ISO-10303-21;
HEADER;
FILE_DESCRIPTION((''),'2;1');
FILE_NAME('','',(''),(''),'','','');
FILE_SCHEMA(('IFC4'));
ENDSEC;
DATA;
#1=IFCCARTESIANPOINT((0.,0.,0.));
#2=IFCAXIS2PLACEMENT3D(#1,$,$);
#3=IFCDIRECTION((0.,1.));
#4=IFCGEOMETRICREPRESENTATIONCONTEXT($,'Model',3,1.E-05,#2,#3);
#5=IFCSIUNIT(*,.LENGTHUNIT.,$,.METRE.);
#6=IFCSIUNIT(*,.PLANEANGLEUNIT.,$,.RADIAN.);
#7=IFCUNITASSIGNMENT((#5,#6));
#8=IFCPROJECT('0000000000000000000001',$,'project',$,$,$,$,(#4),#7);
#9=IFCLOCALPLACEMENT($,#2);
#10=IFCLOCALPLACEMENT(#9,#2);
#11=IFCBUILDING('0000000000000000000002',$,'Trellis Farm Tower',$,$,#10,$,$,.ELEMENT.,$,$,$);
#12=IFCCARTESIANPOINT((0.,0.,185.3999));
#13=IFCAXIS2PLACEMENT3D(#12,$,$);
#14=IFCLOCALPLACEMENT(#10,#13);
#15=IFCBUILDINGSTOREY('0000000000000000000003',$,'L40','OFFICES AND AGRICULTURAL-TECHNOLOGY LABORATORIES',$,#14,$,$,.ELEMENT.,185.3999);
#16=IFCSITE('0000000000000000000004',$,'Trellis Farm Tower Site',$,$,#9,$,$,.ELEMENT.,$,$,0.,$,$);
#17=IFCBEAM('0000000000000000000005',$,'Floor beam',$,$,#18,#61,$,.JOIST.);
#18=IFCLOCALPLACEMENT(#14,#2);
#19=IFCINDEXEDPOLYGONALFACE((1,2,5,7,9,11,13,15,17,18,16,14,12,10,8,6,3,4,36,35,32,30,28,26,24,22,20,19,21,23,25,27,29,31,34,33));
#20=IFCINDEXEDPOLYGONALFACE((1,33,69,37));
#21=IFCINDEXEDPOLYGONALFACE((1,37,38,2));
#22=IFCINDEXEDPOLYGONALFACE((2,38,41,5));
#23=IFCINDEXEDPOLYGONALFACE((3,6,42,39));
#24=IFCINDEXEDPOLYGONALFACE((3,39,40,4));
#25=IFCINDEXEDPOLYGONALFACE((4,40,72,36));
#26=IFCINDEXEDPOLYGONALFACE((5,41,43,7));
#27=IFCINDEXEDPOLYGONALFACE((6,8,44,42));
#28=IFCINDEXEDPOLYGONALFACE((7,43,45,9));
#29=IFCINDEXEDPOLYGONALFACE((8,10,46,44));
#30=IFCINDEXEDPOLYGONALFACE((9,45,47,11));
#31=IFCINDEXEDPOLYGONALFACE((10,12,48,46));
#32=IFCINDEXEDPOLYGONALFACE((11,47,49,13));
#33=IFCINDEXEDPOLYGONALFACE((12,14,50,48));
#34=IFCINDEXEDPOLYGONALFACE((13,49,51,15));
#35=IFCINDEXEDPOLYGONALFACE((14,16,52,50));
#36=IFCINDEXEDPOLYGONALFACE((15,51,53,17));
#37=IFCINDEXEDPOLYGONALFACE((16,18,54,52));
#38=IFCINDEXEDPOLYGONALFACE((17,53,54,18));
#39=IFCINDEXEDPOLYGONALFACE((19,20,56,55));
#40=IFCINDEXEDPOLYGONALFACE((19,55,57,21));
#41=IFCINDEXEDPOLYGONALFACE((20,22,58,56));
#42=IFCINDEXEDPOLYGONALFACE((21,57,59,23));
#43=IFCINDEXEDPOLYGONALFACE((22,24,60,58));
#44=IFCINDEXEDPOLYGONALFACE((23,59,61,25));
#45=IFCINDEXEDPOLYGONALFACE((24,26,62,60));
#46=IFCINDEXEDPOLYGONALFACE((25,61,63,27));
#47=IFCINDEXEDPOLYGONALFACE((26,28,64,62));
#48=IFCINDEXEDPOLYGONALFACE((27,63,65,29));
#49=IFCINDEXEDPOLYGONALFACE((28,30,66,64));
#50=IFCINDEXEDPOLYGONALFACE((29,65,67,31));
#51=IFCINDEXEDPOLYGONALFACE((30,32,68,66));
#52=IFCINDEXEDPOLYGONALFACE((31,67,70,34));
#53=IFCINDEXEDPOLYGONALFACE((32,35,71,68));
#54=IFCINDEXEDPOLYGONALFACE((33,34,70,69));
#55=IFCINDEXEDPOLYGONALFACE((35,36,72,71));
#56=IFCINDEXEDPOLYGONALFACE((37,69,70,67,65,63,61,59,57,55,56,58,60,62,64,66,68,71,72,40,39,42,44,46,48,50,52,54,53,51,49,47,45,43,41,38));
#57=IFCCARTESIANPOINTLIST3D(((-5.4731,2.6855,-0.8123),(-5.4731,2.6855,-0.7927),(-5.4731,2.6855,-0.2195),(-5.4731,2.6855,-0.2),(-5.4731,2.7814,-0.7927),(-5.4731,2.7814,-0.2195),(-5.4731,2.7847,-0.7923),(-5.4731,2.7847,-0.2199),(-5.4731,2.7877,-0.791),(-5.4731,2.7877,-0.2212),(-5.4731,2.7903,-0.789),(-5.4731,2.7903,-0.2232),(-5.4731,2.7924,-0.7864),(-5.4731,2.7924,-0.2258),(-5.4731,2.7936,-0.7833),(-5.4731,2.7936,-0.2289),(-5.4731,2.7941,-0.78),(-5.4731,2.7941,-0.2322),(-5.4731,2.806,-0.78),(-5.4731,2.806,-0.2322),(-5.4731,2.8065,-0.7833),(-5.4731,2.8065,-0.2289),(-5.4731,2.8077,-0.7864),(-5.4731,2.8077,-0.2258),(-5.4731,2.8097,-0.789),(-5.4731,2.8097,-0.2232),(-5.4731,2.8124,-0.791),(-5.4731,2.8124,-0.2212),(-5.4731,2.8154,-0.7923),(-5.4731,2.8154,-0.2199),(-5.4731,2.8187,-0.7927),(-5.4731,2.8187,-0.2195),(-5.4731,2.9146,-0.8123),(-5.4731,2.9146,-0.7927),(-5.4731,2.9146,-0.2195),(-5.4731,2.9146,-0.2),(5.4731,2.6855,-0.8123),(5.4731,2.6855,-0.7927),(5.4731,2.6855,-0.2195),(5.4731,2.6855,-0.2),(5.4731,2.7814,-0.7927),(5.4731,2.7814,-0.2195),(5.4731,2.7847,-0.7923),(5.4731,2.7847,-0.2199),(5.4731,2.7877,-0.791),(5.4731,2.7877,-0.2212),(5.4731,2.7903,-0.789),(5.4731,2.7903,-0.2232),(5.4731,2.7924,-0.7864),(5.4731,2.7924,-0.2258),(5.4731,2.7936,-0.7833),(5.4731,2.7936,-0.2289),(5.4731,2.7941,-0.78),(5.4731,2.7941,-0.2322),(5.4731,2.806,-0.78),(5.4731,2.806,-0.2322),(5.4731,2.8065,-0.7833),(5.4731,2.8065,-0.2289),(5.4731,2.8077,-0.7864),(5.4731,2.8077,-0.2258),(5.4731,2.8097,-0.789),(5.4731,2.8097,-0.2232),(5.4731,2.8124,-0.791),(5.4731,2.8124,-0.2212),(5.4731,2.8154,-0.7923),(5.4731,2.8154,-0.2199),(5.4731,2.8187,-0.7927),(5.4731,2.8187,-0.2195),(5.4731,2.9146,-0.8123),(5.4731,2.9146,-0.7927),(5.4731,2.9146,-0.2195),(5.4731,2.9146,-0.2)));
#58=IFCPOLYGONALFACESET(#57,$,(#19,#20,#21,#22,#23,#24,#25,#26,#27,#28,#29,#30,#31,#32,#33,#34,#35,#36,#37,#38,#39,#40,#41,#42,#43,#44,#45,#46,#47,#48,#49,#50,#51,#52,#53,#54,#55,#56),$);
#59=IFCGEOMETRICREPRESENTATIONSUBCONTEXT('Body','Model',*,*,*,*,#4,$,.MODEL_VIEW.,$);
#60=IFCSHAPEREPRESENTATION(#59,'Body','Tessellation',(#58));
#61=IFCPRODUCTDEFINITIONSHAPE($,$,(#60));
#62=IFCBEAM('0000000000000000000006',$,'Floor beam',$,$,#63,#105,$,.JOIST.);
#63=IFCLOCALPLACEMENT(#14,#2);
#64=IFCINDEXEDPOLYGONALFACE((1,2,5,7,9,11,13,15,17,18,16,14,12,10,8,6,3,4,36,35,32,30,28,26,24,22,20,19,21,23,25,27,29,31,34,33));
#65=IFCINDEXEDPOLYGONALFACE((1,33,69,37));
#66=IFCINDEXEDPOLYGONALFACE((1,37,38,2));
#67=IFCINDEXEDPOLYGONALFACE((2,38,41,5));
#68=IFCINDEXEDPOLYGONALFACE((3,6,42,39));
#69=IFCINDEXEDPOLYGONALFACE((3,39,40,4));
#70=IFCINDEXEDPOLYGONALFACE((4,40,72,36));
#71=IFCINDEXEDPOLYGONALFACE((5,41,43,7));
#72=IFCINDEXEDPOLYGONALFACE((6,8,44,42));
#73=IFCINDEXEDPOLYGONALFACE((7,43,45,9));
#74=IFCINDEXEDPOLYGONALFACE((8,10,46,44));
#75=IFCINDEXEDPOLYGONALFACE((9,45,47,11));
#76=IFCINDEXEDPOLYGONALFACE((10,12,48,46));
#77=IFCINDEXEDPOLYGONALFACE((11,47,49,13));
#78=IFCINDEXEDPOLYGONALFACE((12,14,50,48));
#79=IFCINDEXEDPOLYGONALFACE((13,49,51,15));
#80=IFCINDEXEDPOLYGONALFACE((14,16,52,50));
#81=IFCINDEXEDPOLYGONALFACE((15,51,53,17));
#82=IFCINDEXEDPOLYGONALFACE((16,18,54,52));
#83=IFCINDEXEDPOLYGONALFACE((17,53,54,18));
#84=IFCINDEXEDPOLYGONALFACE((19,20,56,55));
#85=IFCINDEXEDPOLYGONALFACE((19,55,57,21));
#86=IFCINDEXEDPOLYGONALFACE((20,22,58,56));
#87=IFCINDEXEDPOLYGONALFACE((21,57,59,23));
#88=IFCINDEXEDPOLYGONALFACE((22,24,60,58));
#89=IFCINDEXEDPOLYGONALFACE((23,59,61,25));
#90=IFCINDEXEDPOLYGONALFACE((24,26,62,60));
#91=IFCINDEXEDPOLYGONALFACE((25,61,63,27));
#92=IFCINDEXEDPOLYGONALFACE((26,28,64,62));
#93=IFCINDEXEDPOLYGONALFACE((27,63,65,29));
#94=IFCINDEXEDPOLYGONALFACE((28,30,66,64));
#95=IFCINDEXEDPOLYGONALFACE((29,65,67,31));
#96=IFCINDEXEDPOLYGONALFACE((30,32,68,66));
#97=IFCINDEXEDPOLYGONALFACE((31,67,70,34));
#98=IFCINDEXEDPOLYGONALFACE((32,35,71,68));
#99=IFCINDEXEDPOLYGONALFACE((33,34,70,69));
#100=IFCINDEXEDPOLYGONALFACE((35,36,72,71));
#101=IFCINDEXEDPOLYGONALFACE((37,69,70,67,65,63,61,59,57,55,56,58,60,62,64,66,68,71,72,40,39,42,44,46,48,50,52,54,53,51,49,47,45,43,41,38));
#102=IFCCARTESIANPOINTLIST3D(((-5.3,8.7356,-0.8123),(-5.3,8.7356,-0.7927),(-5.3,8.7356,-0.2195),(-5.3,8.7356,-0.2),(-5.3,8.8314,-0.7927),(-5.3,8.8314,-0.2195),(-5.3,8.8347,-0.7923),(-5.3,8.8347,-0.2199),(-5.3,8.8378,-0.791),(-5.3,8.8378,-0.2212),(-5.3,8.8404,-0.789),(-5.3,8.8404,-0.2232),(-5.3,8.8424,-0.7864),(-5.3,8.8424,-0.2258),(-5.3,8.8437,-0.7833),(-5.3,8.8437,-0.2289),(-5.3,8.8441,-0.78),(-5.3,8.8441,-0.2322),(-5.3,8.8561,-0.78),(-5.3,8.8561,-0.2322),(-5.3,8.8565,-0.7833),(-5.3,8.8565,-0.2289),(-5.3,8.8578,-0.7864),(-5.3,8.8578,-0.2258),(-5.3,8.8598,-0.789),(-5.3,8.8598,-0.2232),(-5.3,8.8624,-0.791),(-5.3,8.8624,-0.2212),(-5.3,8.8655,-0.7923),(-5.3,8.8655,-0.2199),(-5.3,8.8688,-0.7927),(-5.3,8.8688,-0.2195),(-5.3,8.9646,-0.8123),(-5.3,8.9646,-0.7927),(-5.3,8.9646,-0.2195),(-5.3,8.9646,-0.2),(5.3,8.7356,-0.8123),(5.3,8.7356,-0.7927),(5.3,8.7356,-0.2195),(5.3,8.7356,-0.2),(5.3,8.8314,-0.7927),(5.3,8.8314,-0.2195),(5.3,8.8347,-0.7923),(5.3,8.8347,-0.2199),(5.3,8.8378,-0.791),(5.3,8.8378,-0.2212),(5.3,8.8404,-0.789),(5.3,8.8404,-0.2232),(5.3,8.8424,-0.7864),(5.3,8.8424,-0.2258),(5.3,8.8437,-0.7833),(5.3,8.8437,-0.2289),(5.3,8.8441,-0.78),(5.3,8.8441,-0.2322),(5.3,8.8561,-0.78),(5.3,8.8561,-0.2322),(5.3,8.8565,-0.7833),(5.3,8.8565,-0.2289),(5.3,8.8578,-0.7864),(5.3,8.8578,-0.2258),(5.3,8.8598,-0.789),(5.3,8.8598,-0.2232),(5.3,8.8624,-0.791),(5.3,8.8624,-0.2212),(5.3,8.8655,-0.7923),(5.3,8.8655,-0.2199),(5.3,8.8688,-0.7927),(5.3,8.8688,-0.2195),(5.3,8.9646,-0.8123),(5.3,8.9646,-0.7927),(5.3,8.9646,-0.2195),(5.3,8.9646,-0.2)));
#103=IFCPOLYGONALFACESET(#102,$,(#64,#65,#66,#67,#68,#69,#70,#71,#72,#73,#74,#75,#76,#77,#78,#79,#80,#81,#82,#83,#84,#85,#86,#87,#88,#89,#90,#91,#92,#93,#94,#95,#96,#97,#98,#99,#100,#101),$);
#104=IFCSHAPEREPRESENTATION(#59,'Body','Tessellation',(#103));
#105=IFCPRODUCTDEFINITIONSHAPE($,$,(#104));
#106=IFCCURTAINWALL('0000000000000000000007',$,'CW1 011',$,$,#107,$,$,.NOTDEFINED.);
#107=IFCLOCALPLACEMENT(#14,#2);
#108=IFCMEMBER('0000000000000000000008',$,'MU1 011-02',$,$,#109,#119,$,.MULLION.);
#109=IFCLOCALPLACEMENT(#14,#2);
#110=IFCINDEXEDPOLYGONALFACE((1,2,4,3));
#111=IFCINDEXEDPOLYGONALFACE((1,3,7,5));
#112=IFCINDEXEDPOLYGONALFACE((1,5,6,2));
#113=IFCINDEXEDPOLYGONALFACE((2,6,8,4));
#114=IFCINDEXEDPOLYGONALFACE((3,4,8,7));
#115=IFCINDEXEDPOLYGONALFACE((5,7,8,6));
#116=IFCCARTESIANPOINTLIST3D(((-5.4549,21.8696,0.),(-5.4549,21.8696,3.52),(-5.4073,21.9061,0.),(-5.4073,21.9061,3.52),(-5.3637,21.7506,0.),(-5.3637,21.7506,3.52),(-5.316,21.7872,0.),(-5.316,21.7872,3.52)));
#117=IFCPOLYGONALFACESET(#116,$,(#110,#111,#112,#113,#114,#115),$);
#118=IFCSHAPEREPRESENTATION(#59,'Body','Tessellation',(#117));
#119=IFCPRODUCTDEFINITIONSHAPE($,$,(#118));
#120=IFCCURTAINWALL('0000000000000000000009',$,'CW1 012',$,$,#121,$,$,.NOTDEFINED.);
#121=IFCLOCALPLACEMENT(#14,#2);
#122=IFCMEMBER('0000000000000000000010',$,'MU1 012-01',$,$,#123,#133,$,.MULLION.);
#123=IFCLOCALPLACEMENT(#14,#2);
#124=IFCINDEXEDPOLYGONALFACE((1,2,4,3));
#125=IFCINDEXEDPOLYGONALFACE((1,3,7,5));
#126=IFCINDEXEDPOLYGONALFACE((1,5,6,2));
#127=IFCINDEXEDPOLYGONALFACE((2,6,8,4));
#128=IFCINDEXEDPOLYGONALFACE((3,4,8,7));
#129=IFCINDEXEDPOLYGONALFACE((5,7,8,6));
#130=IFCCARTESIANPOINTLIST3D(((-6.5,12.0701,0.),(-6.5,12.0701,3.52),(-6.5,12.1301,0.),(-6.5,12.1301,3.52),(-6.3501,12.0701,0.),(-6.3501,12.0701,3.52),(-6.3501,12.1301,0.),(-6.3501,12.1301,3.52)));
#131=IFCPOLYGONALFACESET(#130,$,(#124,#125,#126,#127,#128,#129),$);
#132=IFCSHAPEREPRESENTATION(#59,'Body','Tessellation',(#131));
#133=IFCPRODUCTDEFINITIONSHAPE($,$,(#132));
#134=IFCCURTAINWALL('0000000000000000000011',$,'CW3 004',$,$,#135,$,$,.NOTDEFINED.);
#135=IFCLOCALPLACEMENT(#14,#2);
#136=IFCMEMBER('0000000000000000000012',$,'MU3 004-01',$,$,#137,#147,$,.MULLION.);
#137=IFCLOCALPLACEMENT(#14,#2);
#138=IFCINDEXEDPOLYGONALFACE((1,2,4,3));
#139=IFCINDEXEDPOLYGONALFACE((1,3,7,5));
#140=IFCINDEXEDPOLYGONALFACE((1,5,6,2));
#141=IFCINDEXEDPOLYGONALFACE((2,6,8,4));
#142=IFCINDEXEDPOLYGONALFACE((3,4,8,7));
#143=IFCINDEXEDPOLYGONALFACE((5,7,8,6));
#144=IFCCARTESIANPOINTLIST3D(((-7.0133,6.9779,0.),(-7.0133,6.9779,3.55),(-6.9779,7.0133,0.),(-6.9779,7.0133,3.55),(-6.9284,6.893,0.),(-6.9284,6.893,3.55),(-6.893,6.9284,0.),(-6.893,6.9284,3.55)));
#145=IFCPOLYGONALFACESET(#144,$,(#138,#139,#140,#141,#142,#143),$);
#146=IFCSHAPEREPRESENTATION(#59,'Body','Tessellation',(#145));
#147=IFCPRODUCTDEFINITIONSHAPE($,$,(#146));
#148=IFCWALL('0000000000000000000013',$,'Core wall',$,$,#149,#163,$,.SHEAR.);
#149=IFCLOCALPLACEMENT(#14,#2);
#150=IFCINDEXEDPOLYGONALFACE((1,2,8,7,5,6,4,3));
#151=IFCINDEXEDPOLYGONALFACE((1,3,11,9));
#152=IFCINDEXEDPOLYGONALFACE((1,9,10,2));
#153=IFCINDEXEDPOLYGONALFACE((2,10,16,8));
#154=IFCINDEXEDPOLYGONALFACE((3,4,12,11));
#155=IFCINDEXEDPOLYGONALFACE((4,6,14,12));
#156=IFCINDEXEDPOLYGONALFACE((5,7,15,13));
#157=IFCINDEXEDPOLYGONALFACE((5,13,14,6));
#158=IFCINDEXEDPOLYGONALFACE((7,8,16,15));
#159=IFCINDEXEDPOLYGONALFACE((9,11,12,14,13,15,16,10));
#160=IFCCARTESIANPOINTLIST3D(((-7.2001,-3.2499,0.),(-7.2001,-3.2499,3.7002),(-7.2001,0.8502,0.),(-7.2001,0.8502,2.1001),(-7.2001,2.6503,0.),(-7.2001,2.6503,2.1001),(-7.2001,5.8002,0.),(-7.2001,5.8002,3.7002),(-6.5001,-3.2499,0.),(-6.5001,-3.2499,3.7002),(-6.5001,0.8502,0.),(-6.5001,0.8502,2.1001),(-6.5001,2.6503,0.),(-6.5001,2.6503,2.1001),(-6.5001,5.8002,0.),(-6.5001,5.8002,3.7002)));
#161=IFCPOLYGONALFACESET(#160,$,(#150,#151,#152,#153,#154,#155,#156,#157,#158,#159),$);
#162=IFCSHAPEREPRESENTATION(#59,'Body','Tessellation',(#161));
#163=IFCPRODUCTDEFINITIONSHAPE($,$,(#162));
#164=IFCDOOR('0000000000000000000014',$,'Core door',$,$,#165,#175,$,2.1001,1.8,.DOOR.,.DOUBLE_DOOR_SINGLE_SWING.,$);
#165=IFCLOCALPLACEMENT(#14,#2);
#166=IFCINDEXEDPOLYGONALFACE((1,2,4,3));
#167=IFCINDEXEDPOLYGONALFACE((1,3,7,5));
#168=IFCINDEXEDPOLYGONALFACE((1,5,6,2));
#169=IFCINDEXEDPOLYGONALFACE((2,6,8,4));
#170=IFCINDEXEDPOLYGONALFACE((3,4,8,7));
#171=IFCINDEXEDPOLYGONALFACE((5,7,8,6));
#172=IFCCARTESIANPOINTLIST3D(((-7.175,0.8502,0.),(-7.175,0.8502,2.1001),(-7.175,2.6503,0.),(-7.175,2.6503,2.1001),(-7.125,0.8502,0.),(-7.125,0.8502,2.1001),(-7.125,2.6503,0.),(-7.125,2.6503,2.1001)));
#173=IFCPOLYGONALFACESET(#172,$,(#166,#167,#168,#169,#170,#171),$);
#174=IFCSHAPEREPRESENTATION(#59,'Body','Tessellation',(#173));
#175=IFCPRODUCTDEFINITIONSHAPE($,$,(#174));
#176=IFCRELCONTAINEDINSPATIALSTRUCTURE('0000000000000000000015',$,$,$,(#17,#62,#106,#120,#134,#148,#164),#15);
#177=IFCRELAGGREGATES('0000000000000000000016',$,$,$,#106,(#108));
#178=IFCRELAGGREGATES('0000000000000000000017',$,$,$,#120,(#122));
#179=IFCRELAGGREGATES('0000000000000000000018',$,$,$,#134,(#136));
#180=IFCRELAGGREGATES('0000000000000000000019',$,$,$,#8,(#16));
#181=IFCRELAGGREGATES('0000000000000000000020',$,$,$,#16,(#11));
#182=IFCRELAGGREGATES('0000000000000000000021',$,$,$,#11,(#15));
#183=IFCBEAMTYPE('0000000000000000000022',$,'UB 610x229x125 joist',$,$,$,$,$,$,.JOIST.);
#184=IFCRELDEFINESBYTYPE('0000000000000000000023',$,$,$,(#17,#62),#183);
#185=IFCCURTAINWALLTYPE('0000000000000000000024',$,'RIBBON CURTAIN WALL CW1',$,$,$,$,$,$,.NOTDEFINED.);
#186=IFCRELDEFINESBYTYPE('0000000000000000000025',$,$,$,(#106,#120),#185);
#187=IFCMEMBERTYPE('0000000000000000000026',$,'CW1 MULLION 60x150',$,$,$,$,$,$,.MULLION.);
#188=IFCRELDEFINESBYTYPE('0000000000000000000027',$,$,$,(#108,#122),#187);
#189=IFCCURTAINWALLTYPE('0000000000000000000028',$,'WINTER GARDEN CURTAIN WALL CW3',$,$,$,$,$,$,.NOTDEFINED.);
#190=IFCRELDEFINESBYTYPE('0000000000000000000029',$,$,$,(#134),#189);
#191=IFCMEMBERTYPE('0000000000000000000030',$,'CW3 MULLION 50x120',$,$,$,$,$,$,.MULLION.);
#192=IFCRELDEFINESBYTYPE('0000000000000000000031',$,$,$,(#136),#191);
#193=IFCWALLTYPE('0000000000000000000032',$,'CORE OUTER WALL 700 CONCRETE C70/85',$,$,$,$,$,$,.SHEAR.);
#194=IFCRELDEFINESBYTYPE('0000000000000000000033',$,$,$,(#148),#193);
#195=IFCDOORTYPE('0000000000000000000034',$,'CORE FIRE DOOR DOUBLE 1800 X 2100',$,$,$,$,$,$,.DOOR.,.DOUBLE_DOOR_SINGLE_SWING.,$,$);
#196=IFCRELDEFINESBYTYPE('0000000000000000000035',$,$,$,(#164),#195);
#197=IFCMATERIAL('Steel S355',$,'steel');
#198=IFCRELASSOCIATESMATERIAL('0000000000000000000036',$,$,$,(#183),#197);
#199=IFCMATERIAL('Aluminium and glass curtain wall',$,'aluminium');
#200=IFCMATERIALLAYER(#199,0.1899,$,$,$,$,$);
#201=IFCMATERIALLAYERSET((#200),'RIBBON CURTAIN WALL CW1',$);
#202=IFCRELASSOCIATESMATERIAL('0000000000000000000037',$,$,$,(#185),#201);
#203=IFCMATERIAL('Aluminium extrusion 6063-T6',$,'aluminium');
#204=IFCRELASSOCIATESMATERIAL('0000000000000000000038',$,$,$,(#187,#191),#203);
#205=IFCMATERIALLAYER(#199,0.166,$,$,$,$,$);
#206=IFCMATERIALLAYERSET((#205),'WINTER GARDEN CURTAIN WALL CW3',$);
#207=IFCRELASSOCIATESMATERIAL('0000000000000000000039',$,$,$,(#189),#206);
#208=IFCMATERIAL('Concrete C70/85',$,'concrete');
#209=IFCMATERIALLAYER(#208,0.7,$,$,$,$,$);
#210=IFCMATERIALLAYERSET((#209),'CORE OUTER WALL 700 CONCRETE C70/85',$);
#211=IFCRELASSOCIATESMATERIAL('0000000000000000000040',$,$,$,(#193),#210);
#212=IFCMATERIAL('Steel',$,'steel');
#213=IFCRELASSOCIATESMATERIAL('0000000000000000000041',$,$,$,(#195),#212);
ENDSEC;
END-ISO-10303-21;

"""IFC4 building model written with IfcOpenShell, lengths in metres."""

from ifc_helpers import new_model, si_unit, direction, frame, frame_2d, origin, origin_2d, place, context, subcontext, project, spatial, rectangle, i_section, extrude, source, transform, mapped, material, layer, layer_set, material_profile, profile_set, type_object, element, fill, aggregate, save


model = new_model("IFC4")

# Units and contexts
model_context = context("Model", 3, precision=1e-05, world=origin(), true_north=direction((0.0, 1.0)))
body_context = subcontext(model_context, "Body", "Model", "MODEL_VIEW")
ifc_project = project(units=[si_unit("LENGTHUNIT", "METRE"), si_unit("PLANEANGLEUNIT", "RADIAN")], contexts=[model_context])

# Site, building, storey
site_placement = place(None, origin())
site = spatial("IfcSite", under=ifc_project, at=site_placement, Name="Trellis Farm Tower Site", CompositionType="ELEMENT", RefElevation=0.0)
building_placement = place(site_placement, origin())
building = spatial("IfcBuilding", under=site, at=building_placement, Name="Trellis Farm Tower", CompositionType="ELEMENT")
storey_placement = place(building_placement, frame((0.0, 0.0, 185.3999)))
storey = spatial("IfcBuildingStorey", under=building, at=storey_placement, Name="L40", Description="OFFICES AND AGRICULTURAL-TECHNOLOGY LABORATORIES", CompositionType="ELEMENT", Elevation=185.3999)

# Shared definitions
ifc_material_1 = material(Name="Concrete C70/85", Category="concrete")

# Beams
ifc_material_2 = material(Name="Steel S355", Category="steel")
ifc_material_profile_1 = material_profile(ifc_material_2, i_section(OverallWidth=0.229, OverallDepth=0.6123, WebThickness=0.012, FlangeThickness=0.0195, FilletRadius=0.0127, at=origin_2d()), Name="UB 610x229x125")
ifc_profile_set_1 = profile_set([ifc_material_profile_1], Name="Steel S355")
beam_type_1 = type_object("IfcBeamType", Name="UB 610x229x125 joist", PredefinedType="JOIST", material=ifc_profile_set_1)
shared_shape_1 = source(origin(), body_context, "Body", "SweptSolid", [
    extrude(i_section(OverallWidth=0.229, OverallDepth=0.6123, WebThickness=0.012, FlangeThickness=0.0195, FilletRadius=0.0127, at=origin_2d()), origin(), (0.0, 0.0, 1.0), 10.9463),
])
beam_1_placement = place(storey_placement, frame((-5.4731, 2.8, -0.5061), z_axis=(1.0, 0.0, 0.0), x_axis=(0.0, 1.0, 0.0)))
element("IfcBeam", 1, at=beam_1_placement, inside=storey, type_object=beam_type_1, Name="Floor beam", PredefinedType="JOIST", context=body_context, shape_type="MappedRepresentation", body=[
    mapped(shared_shape_1, transform((0.0, 0.0, 0.0))),
])
shared_shape_2 = source(origin(), body_context, "Body", "SweptSolid", [
    extrude(i_section(OverallWidth=0.229, OverallDepth=0.6123, WebThickness=0.012, FlangeThickness=0.0195, FilletRadius=0.0127, at=origin_2d()), origin(), (0.0, 0.0, 1.0), 10.6001),
])
beam_2_placement = place(storey_placement, frame((-5.3, 8.8501, -0.5061), z_axis=(1.0, 0.0, 0.0), x_axis=(0.0, 1.0, 0.0)))
element("IfcBeam", 2, at=beam_2_placement, inside=storey, type_object=beam_type_1, Name="Floor beam", PredefinedType="JOIST", context=body_context, shape_type="MappedRepresentation", body=[
    mapped(shared_shape_2, transform((0.0, 0.0, 0.0))),
])

# Curtain walls, members
ifc_material_3 = material(Name="Aluminium and glass curtain wall", Category="aluminium")
ifc_layer_1 = layer(ifc_material_3, 0.1899)
ifc_layer_set_1 = layer_set([ifc_layer_1], Name="RIBBON CURTAIN WALL CW1")
curtain_wall_type_1 = type_object("IfcCurtainWallType", Name="RIBBON CURTAIN WALL CW1", PredefinedType="NOTDEFINED", material=ifc_layer_set_1)
placement = place(storey_placement, origin())
curtain_wall_1 = element("IfcCurtainWall", 3, at=placement, inside=storey, type_object=curtain_wall_type_1, Name="CW1 011", PredefinedType="NOTDEFINED")
ifc_material_4 = material(Name="Aluminium extrusion 6063-T6", Category="aluminium")
ifc_material_profile_2 = material_profile(ifc_material_4, rectangle(XDim=0.0601, YDim=0.1499, at=origin_2d()), Name="MULLION 60x150")
ifc_profile_set_2 = profile_set([ifc_material_profile_2], Name="Aluminium extrusion 6063-T6")
member_type_1 = type_object("IfcMemberType", Name="CW1 MULLION 60x150", PredefinedType="MULLION", material=ifc_profile_set_2)
shared_shape_3 = source(origin(), body_context, "Body", "SweptSolid", [
    extrude(rectangle(XDim=0.0601, YDim=0.1499, at=origin_2d()), origin(), (0.0, 0.0, 1.0), 3.52),
])
member_1_placement = place(storey_placement, frame((-5.3855, 21.8284, 0.0), z_axis=(0.0, 0.0, 1.0), x_axis=(-0.793353, -0.608761, 0.0)))
member_1 = element("IfcMember", 4, at=member_1_placement, type_object=member_type_1, Name="MU1 011-02", PredefinedType="MULLION", context=body_context, shape_type="MappedRepresentation", body=[
    mapped(shared_shape_3, transform((0.0, 0.0, 0.0))),
])
aggregate(curtain_wall_1, [member_1])
curtain_wall_2 = element("IfcCurtainWall", 5, at=placement, inside=storey, type_object=curtain_wall_type_1, Name="CW1 012", PredefinedType="NOTDEFINED")
member_2_placement = place(storey_placement, frame((-6.425, 12.1001, 0.0), z_axis=(0.0, 0.0, 1.0), x_axis=(0.0, -1.0, 0.0)))
member_2 = element("IfcMember", 6, at=member_2_placement, type_object=member_type_1, Name="MU1 012-01", PredefinedType="MULLION", context=body_context, shape_type="MappedRepresentation", body=[
    mapped(shared_shape_3, transform((0.0, 0.0, 0.0))),
])
aggregate(curtain_wall_2, [member_2])
ifc_layer_2 = layer(ifc_material_3, 0.166)
ifc_layer_set_2 = layer_set([ifc_layer_2], Name="WINTER GARDEN CURTAIN WALL CW3")
curtain_wall_type_2 = type_object("IfcCurtainWallType", Name="WINTER GARDEN CURTAIN WALL CW3", PredefinedType="NOTDEFINED", material=ifc_layer_set_2)
curtain_wall_3 = element("IfcCurtainWall", 7, at=placement, inside=storey, type_object=curtain_wall_type_2, Name="CW3 004", PredefinedType="NOTDEFINED")
ifc_material_profile_3 = material_profile(ifc_material_4, rectangle(XDim=0.05, YDim=0.1201, at=origin_2d()), Name="MULLION 50x120")
ifc_profile_set_3 = profile_set([ifc_material_profile_3], Name="Aluminium extrusion 6063-T6")
member_type_2 = type_object("IfcMemberType", Name="CW3 MULLION 50x120", PredefinedType="MULLION", material=ifc_profile_set_3)
shared_shape_4 = source(origin(), body_context, "Body", "SweptSolid", [
    extrude(rectangle(XDim=0.05, YDim=0.1201, at=origin_2d()), origin(), (0.0, 0.0, 1.0), 3.55),
])
member_3_placement = place(storey_placement, frame((-6.9531, 6.9531, 0.0), z_axis=(0.0, 0.0, 1.0), x_axis=(-0.707107, -0.707107, 0.0)))
member_3 = element("IfcMember", 8, at=member_3_placement, type_object=member_type_2, Name="MU3 004-01", PredefinedType="MULLION", context=body_context, shape_type="MappedRepresentation", body=[
    mapped(shared_shape_4, transform((0.0, 0.0, 0.0))),
])
aggregate(curtain_wall_3, [member_3])

# Wall, opening, door
ifc_layer_3 = layer(ifc_material_1, 0.7)
ifc_layer_set_3 = layer_set([ifc_layer_3], Name="CORE OUTER WALL 700 CONCRETE C70/85")
wall_type_1 = type_object("IfcWallType", Name="CORE OUTER WALL 700 CONCRETE C70/85", PredefinedType="SHEAR", material=ifc_layer_set_3)
shared_shape_5 = source(origin(), body_context, "Body", "SweptSolid", [
    extrude(rectangle(XDim=9.05, YDim=0.7, at=frame_2d((4.5249, 0.0))), origin(), (0.0, 0.0, 1.0), 3.7002),
])
wall_1_placement = place(storey_placement, frame((-6.8501, 5.8, 0.0), z_axis=(0.0, 0.0, 1.0), x_axis=(0.0, -1.0, 0.0)))
wall_1 = element("IfcWall", 9, at=wall_1_placement, inside=storey, type_object=wall_type_1, Name="Core wall", PredefinedType="SHEAR", context=body_context, shape_type="MappedRepresentation", body=[
    mapped(shared_shape_5, transform((0.0, 0.0, 0.0))),
])
shared_shape_6 = source(origin(), body_context, "Body", "SweptSolid", [
    extrude(rectangle(XDim=1.8, YDim=2.1001, at=frame_2d((0.8999, 1.05))), frame((0.0, 0.3601, 0.0), z_axis=(0.0, -1.0, 0.0), x_axis=(1.0, 0.0, 0.0)), (0.0, 0.0, 1.0), 0.7202),
])
opening_1_placement = place(wall_1_placement, frame((3.1499, 0.0, 0.0)))
opening_1 = element("IfcOpeningElement", 10, at=opening_1_placement, cuts=wall_1, PredefinedType="OPENING", context=body_context, shape_type="MappedRepresentation", body=[
    mapped(shared_shape_6, transform((0.0, 0.0, 0.0))),
])
ifc_material_5 = material(Name="Steel", Category="steel")
door_type_1 = type_object("IfcDoorType", Name="CORE FIRE DOOR DOUBLE 1800 X 2100", OperationType="DOUBLE_DOOR_SINGLE_SWING", PredefinedType="DOOR", material=ifc_material_5)
shared_shape_7 = source(origin(), body_context, "Body", "SweptSolid", [
    extrude(rectangle(XDim=1.8, YDim=2.1001, at=frame_2d((0.8999, 1.05))), frame((0.0, -0.2749, 0.0), z_axis=(0.0, -1.0, 0.0), x_axis=(1.0, 0.0, 0.0)), (0.0, 0.0, 1.0), 0.05),
])
door_1_placement = place(opening_1_placement, origin())
door_1 = element("IfcDoor", 11, at=door_1_placement, inside=storey, type_object=door_type_1, Name="Core door", OperationType="DOUBLE_DOOR_SINGLE_SWING", OverallHeight=2.1001, OverallWidth=1.8, PredefinedType="DOOR", context=body_context, shape_type="MappedRepresentation", body=[
    mapped(shared_shape_7, transform((0.0, 0.0, 0.0))),
])
fill(opening_1, door_1)

save(model, "model.ifc")
